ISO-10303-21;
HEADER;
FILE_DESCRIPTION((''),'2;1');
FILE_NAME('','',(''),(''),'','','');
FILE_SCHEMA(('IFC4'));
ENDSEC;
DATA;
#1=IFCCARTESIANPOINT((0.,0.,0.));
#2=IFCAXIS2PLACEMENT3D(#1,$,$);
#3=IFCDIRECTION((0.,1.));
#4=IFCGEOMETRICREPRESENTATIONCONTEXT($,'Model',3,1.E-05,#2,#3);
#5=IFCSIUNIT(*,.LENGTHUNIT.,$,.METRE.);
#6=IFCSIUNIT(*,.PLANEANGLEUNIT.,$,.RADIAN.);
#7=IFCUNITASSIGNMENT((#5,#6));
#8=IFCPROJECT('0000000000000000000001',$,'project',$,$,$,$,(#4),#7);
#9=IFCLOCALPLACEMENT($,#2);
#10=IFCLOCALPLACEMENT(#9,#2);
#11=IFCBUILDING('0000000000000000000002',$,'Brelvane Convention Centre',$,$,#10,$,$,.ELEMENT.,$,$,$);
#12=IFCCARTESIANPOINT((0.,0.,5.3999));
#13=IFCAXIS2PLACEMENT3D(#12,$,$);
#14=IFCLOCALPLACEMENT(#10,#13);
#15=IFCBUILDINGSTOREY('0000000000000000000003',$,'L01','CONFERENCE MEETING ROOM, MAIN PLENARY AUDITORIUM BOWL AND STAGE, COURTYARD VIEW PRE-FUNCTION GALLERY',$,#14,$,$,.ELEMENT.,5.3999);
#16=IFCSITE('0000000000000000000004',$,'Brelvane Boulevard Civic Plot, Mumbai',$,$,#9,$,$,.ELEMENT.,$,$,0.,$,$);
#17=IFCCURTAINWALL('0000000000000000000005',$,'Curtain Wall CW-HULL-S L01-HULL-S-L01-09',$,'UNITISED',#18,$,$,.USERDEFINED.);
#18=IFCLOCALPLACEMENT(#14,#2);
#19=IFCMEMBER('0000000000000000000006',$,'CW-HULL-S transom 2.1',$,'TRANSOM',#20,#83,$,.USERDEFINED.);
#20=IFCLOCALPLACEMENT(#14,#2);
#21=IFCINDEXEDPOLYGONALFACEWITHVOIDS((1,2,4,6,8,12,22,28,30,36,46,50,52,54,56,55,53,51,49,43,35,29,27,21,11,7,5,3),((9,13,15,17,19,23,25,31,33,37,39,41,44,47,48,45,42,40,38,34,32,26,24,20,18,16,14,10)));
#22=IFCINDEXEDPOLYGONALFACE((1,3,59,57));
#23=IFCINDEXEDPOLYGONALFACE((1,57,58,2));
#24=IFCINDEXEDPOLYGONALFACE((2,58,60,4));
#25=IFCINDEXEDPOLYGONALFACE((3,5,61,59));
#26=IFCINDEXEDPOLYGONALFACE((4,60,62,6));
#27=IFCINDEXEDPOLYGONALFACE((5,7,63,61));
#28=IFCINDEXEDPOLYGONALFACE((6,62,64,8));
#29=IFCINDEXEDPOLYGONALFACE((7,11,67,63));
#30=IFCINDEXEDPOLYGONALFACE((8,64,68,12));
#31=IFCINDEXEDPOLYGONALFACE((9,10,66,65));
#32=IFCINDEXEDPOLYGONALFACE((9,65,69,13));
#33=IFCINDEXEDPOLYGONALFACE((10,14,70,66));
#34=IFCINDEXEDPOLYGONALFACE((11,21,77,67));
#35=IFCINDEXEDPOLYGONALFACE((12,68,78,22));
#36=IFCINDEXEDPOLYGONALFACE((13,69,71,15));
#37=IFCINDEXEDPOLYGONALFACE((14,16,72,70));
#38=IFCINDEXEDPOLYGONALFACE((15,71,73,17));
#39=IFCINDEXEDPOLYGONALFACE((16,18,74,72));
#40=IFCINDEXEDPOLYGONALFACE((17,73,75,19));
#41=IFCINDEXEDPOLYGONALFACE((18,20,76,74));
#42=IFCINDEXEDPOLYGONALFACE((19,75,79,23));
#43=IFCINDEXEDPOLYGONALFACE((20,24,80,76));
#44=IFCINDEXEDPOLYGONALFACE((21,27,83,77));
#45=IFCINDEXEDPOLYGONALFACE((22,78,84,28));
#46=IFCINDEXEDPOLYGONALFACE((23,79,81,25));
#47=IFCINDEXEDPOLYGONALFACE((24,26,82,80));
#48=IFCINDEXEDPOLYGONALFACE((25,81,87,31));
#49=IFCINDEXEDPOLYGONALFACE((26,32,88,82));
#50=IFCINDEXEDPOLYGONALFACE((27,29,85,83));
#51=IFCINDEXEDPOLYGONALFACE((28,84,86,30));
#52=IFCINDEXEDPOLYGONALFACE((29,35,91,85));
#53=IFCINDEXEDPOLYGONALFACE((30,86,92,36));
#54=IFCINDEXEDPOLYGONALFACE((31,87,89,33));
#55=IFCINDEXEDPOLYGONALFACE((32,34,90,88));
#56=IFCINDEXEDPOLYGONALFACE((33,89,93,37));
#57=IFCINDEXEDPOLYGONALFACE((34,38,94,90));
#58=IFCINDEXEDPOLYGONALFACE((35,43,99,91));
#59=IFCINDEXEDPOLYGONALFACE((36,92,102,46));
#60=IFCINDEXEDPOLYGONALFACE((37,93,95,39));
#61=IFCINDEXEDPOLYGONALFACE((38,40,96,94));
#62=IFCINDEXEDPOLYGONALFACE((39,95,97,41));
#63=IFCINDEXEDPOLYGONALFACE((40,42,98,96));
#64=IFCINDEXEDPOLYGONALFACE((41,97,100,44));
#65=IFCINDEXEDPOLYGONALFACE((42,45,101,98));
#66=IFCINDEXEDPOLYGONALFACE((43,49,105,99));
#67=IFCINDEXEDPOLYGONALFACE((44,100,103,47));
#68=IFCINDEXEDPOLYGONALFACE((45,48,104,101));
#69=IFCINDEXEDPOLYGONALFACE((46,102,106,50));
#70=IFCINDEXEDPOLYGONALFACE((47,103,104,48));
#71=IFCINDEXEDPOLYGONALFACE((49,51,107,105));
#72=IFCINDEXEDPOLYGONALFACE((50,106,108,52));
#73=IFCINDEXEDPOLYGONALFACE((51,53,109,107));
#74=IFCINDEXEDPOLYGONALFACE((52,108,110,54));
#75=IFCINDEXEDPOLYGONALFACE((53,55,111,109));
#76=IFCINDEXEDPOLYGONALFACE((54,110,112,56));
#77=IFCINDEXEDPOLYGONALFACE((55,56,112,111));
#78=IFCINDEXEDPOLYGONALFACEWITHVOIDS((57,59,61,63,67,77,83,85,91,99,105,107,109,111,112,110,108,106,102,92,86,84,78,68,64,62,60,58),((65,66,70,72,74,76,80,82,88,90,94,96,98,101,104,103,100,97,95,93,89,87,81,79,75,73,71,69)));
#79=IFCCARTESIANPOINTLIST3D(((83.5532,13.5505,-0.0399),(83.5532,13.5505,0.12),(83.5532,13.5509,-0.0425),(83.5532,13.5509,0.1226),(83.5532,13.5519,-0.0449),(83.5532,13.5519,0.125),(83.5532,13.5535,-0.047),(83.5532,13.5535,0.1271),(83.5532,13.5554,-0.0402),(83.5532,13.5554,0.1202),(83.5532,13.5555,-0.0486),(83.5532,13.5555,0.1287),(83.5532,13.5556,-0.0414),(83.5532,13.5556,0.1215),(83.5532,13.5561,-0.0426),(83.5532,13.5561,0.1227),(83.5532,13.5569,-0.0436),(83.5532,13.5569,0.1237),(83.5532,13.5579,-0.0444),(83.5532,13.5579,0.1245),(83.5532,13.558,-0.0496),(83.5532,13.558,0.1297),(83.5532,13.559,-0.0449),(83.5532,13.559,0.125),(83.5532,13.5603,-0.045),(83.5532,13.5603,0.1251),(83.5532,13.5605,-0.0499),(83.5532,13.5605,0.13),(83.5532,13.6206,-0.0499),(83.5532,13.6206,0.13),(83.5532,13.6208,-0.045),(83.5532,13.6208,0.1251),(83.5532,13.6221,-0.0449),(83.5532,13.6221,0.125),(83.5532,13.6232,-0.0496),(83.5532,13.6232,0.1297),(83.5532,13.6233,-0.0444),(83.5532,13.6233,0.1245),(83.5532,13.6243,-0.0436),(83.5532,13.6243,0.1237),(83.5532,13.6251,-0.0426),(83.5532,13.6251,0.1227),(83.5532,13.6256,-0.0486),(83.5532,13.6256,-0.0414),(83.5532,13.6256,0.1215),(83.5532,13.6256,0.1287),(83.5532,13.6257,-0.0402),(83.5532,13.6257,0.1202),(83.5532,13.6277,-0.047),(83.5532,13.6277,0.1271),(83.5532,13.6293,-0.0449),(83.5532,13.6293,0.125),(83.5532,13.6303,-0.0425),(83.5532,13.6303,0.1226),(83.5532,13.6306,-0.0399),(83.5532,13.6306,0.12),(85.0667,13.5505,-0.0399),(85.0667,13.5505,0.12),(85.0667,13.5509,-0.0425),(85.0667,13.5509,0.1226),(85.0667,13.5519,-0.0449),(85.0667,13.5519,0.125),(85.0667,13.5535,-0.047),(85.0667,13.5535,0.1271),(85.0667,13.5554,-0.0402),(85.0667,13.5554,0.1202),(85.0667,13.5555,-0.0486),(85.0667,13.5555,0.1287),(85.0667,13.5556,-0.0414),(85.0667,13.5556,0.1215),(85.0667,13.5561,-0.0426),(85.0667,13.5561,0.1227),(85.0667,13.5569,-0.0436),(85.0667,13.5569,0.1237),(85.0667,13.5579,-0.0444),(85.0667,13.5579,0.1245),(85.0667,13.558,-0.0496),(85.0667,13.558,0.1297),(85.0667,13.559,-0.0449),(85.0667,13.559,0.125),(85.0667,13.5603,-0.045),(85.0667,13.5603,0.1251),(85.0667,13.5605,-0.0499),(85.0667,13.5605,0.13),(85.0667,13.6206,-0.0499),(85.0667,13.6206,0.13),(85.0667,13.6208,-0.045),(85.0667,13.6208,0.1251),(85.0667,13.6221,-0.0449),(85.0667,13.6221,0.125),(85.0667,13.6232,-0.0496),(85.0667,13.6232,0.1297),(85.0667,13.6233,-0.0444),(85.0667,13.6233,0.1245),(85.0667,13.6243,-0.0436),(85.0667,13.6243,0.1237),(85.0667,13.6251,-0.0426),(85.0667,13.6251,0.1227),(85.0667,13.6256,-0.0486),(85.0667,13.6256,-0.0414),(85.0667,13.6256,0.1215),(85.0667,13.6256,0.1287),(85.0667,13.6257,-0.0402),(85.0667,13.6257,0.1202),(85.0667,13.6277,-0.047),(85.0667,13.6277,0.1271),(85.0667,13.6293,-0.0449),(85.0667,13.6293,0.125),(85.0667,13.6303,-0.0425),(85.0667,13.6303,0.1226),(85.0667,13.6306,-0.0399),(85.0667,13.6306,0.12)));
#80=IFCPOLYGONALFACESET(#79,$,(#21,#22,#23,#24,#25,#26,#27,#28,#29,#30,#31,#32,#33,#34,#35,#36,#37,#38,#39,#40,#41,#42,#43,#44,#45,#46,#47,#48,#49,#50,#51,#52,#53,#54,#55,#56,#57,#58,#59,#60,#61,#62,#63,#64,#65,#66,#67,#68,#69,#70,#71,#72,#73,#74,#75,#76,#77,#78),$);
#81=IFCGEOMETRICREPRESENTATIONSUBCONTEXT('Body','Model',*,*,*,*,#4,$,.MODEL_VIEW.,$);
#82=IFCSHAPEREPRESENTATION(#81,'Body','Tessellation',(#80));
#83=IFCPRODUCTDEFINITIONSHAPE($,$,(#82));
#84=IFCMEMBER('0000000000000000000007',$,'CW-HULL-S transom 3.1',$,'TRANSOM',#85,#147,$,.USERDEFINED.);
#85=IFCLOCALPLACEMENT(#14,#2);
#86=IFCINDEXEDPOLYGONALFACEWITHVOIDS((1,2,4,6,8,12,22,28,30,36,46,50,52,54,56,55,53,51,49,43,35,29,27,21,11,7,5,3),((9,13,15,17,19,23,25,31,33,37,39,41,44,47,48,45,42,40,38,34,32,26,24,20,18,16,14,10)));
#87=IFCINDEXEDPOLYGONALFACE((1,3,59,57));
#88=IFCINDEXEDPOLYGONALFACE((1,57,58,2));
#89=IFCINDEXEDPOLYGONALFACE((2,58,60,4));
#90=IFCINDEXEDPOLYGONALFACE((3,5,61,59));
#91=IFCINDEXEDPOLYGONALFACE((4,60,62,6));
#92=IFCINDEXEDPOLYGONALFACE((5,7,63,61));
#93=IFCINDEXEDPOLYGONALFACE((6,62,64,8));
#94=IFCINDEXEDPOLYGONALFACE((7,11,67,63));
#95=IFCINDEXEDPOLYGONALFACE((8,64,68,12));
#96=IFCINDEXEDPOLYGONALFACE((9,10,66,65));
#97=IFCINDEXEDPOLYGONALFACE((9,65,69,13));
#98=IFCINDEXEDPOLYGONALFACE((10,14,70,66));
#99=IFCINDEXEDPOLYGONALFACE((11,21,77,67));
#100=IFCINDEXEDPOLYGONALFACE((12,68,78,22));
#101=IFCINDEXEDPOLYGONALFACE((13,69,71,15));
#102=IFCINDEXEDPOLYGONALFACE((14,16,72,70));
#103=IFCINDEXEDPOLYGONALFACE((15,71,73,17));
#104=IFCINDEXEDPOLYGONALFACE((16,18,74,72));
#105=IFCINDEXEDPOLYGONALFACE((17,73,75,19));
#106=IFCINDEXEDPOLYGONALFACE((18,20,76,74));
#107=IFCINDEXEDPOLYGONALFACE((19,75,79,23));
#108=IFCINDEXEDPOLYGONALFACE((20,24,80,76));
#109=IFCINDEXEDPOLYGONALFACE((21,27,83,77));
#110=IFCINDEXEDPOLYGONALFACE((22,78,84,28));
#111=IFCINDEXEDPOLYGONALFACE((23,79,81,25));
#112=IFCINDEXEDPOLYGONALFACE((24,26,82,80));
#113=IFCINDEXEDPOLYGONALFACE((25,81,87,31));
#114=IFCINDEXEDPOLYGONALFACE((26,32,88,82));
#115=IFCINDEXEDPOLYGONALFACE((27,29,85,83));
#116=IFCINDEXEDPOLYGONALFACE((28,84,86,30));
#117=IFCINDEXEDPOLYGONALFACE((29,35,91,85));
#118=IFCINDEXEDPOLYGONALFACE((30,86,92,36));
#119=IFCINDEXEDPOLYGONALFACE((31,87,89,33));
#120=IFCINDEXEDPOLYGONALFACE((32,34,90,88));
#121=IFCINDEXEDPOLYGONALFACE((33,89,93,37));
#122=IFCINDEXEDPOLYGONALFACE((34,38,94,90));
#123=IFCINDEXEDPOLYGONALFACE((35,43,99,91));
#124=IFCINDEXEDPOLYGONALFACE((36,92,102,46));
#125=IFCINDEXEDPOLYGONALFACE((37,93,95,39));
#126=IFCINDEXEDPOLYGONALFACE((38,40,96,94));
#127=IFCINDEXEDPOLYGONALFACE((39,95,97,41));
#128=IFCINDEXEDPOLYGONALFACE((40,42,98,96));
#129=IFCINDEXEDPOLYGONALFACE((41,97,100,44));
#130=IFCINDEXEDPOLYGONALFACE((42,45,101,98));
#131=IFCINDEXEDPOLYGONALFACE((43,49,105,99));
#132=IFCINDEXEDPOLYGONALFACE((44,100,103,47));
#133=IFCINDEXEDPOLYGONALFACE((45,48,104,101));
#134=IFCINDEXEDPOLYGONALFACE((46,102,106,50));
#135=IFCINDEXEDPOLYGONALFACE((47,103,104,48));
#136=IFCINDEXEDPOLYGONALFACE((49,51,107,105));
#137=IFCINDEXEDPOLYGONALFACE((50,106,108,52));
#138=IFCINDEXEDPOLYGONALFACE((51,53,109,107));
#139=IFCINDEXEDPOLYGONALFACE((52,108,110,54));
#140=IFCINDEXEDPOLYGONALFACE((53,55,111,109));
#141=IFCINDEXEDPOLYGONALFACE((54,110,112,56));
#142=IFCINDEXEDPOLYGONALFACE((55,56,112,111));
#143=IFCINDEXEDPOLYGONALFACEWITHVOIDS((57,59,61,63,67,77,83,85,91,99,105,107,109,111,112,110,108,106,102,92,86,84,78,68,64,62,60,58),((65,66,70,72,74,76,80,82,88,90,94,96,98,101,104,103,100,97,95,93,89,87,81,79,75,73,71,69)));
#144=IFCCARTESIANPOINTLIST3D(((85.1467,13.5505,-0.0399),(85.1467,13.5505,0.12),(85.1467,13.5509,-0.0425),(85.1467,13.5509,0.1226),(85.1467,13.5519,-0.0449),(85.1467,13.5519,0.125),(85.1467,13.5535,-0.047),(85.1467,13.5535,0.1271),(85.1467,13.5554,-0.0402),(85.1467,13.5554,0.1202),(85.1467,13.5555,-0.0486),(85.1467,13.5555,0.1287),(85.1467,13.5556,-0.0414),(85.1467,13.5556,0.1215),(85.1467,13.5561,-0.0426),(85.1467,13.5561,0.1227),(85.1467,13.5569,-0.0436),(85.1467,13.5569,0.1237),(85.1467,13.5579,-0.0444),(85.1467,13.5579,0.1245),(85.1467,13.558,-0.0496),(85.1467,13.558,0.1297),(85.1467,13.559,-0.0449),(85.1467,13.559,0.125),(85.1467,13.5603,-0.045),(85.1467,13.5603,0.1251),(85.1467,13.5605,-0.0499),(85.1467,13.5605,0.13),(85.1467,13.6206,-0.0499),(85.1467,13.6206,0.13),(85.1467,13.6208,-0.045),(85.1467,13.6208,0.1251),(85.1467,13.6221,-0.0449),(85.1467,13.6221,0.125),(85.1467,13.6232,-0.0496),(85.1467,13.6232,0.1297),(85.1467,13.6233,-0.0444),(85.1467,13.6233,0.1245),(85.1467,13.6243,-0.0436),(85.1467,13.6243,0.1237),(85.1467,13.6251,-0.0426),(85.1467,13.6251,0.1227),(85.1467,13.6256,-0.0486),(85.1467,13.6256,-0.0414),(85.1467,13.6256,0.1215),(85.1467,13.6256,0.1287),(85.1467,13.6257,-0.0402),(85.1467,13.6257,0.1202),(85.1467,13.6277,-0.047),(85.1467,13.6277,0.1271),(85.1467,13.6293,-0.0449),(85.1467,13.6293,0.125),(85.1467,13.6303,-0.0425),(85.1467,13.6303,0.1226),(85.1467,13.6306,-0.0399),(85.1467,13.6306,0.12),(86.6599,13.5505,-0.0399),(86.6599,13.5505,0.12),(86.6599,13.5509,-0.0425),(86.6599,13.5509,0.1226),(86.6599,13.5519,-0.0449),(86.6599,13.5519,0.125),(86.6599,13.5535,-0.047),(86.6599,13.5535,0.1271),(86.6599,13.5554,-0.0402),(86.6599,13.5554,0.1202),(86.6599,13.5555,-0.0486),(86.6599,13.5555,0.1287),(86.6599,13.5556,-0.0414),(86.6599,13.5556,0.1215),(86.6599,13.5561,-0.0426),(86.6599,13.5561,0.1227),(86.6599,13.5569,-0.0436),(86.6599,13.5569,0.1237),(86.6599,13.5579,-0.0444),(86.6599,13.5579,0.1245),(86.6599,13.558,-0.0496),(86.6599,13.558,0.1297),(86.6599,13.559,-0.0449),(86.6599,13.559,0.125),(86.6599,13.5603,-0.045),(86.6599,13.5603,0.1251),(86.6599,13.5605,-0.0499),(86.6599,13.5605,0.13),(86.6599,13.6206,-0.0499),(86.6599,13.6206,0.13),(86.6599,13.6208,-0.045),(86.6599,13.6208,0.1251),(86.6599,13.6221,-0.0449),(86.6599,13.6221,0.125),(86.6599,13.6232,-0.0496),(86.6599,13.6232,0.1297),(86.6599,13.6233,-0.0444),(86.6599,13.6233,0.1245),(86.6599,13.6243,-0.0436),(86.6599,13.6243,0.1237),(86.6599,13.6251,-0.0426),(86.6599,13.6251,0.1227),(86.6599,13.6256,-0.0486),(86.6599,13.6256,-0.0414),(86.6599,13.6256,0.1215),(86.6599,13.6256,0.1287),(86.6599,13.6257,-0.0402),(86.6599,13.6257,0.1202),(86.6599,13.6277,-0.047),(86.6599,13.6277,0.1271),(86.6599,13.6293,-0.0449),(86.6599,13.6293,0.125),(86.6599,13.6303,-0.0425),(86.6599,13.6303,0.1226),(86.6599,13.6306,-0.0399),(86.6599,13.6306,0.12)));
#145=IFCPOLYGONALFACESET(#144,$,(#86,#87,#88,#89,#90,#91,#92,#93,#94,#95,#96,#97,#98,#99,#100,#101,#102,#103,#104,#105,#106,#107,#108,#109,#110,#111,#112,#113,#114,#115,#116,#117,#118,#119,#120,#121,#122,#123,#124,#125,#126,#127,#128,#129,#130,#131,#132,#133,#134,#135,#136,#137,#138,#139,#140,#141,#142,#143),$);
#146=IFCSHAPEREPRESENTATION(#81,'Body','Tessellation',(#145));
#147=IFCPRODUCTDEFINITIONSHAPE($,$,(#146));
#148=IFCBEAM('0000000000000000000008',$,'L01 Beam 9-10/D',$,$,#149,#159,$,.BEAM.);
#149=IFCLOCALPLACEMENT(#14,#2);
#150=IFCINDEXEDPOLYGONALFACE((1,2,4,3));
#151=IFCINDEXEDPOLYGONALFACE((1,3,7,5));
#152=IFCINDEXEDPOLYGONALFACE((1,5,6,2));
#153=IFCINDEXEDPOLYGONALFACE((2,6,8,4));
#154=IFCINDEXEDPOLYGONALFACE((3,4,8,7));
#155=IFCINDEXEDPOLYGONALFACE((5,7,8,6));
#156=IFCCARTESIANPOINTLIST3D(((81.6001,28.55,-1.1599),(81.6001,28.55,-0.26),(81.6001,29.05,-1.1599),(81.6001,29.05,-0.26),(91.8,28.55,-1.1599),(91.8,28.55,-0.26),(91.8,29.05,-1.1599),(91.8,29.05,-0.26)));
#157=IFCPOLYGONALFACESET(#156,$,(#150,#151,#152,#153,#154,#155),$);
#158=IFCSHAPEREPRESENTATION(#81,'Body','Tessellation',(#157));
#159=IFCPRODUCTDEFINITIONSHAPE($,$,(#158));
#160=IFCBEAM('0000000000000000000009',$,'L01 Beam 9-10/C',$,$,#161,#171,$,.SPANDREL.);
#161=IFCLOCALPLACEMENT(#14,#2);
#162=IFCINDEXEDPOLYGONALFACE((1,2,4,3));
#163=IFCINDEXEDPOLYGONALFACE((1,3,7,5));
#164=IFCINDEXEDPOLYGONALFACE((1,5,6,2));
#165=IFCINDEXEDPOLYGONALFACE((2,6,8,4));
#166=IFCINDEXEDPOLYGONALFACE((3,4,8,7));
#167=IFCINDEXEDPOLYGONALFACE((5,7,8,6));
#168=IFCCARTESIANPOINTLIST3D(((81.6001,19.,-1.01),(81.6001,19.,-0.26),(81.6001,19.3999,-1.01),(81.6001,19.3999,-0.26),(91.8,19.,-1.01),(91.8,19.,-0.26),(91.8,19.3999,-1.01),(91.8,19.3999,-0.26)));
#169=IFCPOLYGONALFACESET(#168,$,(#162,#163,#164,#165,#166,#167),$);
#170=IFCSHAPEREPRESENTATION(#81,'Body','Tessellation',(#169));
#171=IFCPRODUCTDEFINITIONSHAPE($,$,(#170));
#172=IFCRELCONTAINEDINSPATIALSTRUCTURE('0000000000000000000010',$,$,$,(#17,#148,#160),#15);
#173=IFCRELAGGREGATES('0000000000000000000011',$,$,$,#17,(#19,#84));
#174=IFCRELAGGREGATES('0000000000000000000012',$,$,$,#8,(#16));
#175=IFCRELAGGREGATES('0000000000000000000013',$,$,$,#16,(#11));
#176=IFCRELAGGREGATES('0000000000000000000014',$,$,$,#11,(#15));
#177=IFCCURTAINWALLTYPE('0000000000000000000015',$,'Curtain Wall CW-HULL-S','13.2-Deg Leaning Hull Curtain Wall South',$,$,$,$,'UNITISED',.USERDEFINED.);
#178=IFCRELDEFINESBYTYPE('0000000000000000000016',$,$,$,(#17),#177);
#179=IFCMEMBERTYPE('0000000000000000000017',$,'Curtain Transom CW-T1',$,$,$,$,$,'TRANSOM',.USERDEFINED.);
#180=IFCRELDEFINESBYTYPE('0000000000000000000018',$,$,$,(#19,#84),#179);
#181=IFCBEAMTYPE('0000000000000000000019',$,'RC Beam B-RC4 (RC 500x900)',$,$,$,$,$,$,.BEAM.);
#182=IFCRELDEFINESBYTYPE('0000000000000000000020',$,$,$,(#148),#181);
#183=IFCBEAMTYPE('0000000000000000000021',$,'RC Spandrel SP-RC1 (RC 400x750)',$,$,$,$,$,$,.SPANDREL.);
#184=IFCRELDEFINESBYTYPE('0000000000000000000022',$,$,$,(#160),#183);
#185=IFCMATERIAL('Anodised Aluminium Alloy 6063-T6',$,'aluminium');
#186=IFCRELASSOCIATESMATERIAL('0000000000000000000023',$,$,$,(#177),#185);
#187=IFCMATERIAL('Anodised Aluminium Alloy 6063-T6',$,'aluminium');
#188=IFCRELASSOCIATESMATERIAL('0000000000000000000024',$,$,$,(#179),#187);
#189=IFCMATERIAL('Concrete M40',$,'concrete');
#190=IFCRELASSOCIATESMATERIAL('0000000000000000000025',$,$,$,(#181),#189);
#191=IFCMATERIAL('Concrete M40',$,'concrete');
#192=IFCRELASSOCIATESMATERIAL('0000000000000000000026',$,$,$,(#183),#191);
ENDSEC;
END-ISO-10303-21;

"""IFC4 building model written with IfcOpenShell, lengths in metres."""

from ifc_helpers import new_model, si_unit, direction, frame, origin, origin_2d, place, context, subcontext, project, spatial, rectangle, hollow_rectangle, extrude, material, material_profile, profile_set, type_object, element, aggregate, save


model = new_model("IFC4")

# Units and contexts
model_context = context("Model", 3, precision=1e-05, world=origin(), true_north=direction((0.0, 1.0)))
body_context = subcontext(model_context, "Body", "Model", "MODEL_VIEW")
ifc_project = project(units=[si_unit("LENGTHUNIT", "METRE"), si_unit("PLANEANGLEUNIT", "RADIAN")], contexts=[model_context])

# Site, building, storey
site_placement = place(None, origin())
site = spatial("IfcSite", under=ifc_project, at=site_placement, Name="Brelvane Boulevard Civic Plot, Mumbai", CompositionType="ELEMENT", RefElevation=0.0)
building_placement = place(site_placement, origin())
building = spatial("IfcBuilding", under=site, at=building_placement, Name="Brelvane Convention Centre", CompositionType="ELEMENT")
storey_placement = place(building_placement, frame((0.0, 0.0, 5.3999)))
storey = spatial("IfcBuildingStorey", under=building, at=storey_placement, Name="L01", Description="CONFERENCE MEETING ROOM, MAIN PLENARY AUDITORIUM BOWL AND STAGE, COURTYARD VIEW PRE-FUNCTION GALLERY", CompositionType="ELEMENT", Elevation=5.3999)

# Curtain wall
ifc_material_1 = material(Name="Anodised Aluminium Alloy 6063-T6", Category="aluminium")
curtain_wall_type = type_object("IfcCurtainWallType", Name="Curtain Wall CW-HULL-S", Description="13.2-Deg Leaning Hull Curtain Wall South", ElementType="UNITISED", PredefinedType="USERDEFINED", material=ifc_material_1)
curtain_wall_1_placement = place(storey_placement, origin())
curtain_wall_1 = element("IfcCurtainWall", 1, at=curtain_wall_1_placement, inside=storey, type_object=curtain_wall_type, Name="Curtain Wall CW-HULL-S L01-HULL-S-L01-09", ObjectType="UNITISED", PredefinedType="USERDEFINED")

# Members
ifc_material_2 = material(Name="Anodised Aluminium Alloy 6063-T6", Category="aluminium")
ifc_material_profile_1 = material_profile(ifc_material_2, hollow_rectangle(XDim=0.0801, YDim=0.1799, WallThickness=0.0049, InnerFilletRadius=0.0049, OuterFilletRadius=0.01, at=origin_2d()), Name="ALU-T 180x80x5.0")
ifc_profile_set_1 = profile_set([ifc_material_profile_1], Name="Anodised Aluminium Alloy 6063-T6")
member_type_1 = type_object("IfcMemberType", Name="Curtain Transom CW-T1", ElementType="TRANSOM", PredefinedType="USERDEFINED", material=ifc_profile_set_1)
member_1_placement = place(storey_placement, frame((83.5532, 13.5906, 0.04), z_axis=(1.0, 0.0, 0.0), x_axis=(0.0, 1.0, 0.0)))
member_1 = element("IfcMember", 2, at=member_1_placement, type_object=member_type_1, Name="CW-HULL-S transom 2.1", ObjectType="TRANSOM", PredefinedType="USERDEFINED", context=body_context, shape_type="SweptSolid", body=[
    extrude(hollow_rectangle(XDim=0.0801, YDim=0.1799, WallThickness=0.0049, InnerFilletRadius=0.0049, OuterFilletRadius=0.01, at=origin_2d()), origin(), (0.0, 0.0, 1.0), 1.5134),
])
member_2_placement = place(storey_placement, frame((85.1467, 13.5906, 0.04), z_axis=(1.0, 0.0, 0.0), x_axis=(0.0, 1.0, 0.0)))
member_2 = element("IfcMember", 3, at=member_2_placement, type_object=member_type_1, Name="CW-HULL-S transom 3.1", ObjectType="TRANSOM", PredefinedType="USERDEFINED", context=body_context, shape_type="SweptSolid", body=[
    extrude(hollow_rectangle(XDim=0.0801, YDim=0.1799, WallThickness=0.0049, InnerFilletRadius=0.0049, OuterFilletRadius=0.01, at=origin_2d()), origin(), (0.0, 0.0, 1.0), 1.5132),
])

# Beams
ifc_material_3 = material(Name="Concrete M40", Category="concrete")
ifc_material_profile_2 = material_profile(ifc_material_3, rectangle(XDim=0.5, YDim=0.8999, at=origin_2d()), Name="RC 500x900")
ifc_profile_set_2 = profile_set([ifc_material_profile_2], Name="Concrete M40")
beam_type_1 = type_object("IfcBeamType", Name="RC Beam B-RC4 (RC 500x900)", PredefinedType="BEAM", material=ifc_profile_set_2)
beam_1_placement = place(storey_placement, frame((81.6001, 28.8, -0.71), z_axis=(1.0, 0.0, 0.0), x_axis=(0.0, 1.0, 0.0)))
element("IfcBeam", 4, at=beam_1_placement, inside=storey, type_object=beam_type_1, Name="L01 Beam 9-10/D", PredefinedType="BEAM", context=body_context, shape_type="SweptSolid", body=[
    extrude(rectangle(XDim=0.5, YDim=0.8999, at=origin_2d()), origin(), (0.0, 0.0, 1.0), 10.2),
])
ifc_material_4 = material(Name="Concrete M40", Category="concrete")
ifc_material_profile_3 = material_profile(ifc_material_4, rectangle(XDim=0.3999, YDim=0.75, at=origin_2d()), Name="RC 400x750")
ifc_profile_set_3 = profile_set([ifc_material_profile_3], Name="Concrete M40")
beam_type_2 = type_object("IfcBeamType", Name="RC Spandrel SP-RC1 (RC 400x750)", PredefinedType="SPANDREL", material=ifc_profile_set_3)
beam_2_placement = place(storey_placement, frame((81.6001, 19.2, -0.635), z_axis=(1.0, 0.0, 0.0), x_axis=(0.0, 1.0, 0.0)))
element("IfcBeam", 5, at=beam_2_placement, inside=storey, type_object=beam_type_2, Name="L01 Beam 9-10/C", PredefinedType="SPANDREL", context=body_context, shape_type="SweptSolid", body=[
    extrude(rectangle(XDim=0.3999, YDim=0.75, at=origin_2d()), origin(), (0.0, 0.0, 1.0), 10.2),
])

aggregate(curtain_wall_1, [member_1, member_2])

save(model, "model.ifc")
